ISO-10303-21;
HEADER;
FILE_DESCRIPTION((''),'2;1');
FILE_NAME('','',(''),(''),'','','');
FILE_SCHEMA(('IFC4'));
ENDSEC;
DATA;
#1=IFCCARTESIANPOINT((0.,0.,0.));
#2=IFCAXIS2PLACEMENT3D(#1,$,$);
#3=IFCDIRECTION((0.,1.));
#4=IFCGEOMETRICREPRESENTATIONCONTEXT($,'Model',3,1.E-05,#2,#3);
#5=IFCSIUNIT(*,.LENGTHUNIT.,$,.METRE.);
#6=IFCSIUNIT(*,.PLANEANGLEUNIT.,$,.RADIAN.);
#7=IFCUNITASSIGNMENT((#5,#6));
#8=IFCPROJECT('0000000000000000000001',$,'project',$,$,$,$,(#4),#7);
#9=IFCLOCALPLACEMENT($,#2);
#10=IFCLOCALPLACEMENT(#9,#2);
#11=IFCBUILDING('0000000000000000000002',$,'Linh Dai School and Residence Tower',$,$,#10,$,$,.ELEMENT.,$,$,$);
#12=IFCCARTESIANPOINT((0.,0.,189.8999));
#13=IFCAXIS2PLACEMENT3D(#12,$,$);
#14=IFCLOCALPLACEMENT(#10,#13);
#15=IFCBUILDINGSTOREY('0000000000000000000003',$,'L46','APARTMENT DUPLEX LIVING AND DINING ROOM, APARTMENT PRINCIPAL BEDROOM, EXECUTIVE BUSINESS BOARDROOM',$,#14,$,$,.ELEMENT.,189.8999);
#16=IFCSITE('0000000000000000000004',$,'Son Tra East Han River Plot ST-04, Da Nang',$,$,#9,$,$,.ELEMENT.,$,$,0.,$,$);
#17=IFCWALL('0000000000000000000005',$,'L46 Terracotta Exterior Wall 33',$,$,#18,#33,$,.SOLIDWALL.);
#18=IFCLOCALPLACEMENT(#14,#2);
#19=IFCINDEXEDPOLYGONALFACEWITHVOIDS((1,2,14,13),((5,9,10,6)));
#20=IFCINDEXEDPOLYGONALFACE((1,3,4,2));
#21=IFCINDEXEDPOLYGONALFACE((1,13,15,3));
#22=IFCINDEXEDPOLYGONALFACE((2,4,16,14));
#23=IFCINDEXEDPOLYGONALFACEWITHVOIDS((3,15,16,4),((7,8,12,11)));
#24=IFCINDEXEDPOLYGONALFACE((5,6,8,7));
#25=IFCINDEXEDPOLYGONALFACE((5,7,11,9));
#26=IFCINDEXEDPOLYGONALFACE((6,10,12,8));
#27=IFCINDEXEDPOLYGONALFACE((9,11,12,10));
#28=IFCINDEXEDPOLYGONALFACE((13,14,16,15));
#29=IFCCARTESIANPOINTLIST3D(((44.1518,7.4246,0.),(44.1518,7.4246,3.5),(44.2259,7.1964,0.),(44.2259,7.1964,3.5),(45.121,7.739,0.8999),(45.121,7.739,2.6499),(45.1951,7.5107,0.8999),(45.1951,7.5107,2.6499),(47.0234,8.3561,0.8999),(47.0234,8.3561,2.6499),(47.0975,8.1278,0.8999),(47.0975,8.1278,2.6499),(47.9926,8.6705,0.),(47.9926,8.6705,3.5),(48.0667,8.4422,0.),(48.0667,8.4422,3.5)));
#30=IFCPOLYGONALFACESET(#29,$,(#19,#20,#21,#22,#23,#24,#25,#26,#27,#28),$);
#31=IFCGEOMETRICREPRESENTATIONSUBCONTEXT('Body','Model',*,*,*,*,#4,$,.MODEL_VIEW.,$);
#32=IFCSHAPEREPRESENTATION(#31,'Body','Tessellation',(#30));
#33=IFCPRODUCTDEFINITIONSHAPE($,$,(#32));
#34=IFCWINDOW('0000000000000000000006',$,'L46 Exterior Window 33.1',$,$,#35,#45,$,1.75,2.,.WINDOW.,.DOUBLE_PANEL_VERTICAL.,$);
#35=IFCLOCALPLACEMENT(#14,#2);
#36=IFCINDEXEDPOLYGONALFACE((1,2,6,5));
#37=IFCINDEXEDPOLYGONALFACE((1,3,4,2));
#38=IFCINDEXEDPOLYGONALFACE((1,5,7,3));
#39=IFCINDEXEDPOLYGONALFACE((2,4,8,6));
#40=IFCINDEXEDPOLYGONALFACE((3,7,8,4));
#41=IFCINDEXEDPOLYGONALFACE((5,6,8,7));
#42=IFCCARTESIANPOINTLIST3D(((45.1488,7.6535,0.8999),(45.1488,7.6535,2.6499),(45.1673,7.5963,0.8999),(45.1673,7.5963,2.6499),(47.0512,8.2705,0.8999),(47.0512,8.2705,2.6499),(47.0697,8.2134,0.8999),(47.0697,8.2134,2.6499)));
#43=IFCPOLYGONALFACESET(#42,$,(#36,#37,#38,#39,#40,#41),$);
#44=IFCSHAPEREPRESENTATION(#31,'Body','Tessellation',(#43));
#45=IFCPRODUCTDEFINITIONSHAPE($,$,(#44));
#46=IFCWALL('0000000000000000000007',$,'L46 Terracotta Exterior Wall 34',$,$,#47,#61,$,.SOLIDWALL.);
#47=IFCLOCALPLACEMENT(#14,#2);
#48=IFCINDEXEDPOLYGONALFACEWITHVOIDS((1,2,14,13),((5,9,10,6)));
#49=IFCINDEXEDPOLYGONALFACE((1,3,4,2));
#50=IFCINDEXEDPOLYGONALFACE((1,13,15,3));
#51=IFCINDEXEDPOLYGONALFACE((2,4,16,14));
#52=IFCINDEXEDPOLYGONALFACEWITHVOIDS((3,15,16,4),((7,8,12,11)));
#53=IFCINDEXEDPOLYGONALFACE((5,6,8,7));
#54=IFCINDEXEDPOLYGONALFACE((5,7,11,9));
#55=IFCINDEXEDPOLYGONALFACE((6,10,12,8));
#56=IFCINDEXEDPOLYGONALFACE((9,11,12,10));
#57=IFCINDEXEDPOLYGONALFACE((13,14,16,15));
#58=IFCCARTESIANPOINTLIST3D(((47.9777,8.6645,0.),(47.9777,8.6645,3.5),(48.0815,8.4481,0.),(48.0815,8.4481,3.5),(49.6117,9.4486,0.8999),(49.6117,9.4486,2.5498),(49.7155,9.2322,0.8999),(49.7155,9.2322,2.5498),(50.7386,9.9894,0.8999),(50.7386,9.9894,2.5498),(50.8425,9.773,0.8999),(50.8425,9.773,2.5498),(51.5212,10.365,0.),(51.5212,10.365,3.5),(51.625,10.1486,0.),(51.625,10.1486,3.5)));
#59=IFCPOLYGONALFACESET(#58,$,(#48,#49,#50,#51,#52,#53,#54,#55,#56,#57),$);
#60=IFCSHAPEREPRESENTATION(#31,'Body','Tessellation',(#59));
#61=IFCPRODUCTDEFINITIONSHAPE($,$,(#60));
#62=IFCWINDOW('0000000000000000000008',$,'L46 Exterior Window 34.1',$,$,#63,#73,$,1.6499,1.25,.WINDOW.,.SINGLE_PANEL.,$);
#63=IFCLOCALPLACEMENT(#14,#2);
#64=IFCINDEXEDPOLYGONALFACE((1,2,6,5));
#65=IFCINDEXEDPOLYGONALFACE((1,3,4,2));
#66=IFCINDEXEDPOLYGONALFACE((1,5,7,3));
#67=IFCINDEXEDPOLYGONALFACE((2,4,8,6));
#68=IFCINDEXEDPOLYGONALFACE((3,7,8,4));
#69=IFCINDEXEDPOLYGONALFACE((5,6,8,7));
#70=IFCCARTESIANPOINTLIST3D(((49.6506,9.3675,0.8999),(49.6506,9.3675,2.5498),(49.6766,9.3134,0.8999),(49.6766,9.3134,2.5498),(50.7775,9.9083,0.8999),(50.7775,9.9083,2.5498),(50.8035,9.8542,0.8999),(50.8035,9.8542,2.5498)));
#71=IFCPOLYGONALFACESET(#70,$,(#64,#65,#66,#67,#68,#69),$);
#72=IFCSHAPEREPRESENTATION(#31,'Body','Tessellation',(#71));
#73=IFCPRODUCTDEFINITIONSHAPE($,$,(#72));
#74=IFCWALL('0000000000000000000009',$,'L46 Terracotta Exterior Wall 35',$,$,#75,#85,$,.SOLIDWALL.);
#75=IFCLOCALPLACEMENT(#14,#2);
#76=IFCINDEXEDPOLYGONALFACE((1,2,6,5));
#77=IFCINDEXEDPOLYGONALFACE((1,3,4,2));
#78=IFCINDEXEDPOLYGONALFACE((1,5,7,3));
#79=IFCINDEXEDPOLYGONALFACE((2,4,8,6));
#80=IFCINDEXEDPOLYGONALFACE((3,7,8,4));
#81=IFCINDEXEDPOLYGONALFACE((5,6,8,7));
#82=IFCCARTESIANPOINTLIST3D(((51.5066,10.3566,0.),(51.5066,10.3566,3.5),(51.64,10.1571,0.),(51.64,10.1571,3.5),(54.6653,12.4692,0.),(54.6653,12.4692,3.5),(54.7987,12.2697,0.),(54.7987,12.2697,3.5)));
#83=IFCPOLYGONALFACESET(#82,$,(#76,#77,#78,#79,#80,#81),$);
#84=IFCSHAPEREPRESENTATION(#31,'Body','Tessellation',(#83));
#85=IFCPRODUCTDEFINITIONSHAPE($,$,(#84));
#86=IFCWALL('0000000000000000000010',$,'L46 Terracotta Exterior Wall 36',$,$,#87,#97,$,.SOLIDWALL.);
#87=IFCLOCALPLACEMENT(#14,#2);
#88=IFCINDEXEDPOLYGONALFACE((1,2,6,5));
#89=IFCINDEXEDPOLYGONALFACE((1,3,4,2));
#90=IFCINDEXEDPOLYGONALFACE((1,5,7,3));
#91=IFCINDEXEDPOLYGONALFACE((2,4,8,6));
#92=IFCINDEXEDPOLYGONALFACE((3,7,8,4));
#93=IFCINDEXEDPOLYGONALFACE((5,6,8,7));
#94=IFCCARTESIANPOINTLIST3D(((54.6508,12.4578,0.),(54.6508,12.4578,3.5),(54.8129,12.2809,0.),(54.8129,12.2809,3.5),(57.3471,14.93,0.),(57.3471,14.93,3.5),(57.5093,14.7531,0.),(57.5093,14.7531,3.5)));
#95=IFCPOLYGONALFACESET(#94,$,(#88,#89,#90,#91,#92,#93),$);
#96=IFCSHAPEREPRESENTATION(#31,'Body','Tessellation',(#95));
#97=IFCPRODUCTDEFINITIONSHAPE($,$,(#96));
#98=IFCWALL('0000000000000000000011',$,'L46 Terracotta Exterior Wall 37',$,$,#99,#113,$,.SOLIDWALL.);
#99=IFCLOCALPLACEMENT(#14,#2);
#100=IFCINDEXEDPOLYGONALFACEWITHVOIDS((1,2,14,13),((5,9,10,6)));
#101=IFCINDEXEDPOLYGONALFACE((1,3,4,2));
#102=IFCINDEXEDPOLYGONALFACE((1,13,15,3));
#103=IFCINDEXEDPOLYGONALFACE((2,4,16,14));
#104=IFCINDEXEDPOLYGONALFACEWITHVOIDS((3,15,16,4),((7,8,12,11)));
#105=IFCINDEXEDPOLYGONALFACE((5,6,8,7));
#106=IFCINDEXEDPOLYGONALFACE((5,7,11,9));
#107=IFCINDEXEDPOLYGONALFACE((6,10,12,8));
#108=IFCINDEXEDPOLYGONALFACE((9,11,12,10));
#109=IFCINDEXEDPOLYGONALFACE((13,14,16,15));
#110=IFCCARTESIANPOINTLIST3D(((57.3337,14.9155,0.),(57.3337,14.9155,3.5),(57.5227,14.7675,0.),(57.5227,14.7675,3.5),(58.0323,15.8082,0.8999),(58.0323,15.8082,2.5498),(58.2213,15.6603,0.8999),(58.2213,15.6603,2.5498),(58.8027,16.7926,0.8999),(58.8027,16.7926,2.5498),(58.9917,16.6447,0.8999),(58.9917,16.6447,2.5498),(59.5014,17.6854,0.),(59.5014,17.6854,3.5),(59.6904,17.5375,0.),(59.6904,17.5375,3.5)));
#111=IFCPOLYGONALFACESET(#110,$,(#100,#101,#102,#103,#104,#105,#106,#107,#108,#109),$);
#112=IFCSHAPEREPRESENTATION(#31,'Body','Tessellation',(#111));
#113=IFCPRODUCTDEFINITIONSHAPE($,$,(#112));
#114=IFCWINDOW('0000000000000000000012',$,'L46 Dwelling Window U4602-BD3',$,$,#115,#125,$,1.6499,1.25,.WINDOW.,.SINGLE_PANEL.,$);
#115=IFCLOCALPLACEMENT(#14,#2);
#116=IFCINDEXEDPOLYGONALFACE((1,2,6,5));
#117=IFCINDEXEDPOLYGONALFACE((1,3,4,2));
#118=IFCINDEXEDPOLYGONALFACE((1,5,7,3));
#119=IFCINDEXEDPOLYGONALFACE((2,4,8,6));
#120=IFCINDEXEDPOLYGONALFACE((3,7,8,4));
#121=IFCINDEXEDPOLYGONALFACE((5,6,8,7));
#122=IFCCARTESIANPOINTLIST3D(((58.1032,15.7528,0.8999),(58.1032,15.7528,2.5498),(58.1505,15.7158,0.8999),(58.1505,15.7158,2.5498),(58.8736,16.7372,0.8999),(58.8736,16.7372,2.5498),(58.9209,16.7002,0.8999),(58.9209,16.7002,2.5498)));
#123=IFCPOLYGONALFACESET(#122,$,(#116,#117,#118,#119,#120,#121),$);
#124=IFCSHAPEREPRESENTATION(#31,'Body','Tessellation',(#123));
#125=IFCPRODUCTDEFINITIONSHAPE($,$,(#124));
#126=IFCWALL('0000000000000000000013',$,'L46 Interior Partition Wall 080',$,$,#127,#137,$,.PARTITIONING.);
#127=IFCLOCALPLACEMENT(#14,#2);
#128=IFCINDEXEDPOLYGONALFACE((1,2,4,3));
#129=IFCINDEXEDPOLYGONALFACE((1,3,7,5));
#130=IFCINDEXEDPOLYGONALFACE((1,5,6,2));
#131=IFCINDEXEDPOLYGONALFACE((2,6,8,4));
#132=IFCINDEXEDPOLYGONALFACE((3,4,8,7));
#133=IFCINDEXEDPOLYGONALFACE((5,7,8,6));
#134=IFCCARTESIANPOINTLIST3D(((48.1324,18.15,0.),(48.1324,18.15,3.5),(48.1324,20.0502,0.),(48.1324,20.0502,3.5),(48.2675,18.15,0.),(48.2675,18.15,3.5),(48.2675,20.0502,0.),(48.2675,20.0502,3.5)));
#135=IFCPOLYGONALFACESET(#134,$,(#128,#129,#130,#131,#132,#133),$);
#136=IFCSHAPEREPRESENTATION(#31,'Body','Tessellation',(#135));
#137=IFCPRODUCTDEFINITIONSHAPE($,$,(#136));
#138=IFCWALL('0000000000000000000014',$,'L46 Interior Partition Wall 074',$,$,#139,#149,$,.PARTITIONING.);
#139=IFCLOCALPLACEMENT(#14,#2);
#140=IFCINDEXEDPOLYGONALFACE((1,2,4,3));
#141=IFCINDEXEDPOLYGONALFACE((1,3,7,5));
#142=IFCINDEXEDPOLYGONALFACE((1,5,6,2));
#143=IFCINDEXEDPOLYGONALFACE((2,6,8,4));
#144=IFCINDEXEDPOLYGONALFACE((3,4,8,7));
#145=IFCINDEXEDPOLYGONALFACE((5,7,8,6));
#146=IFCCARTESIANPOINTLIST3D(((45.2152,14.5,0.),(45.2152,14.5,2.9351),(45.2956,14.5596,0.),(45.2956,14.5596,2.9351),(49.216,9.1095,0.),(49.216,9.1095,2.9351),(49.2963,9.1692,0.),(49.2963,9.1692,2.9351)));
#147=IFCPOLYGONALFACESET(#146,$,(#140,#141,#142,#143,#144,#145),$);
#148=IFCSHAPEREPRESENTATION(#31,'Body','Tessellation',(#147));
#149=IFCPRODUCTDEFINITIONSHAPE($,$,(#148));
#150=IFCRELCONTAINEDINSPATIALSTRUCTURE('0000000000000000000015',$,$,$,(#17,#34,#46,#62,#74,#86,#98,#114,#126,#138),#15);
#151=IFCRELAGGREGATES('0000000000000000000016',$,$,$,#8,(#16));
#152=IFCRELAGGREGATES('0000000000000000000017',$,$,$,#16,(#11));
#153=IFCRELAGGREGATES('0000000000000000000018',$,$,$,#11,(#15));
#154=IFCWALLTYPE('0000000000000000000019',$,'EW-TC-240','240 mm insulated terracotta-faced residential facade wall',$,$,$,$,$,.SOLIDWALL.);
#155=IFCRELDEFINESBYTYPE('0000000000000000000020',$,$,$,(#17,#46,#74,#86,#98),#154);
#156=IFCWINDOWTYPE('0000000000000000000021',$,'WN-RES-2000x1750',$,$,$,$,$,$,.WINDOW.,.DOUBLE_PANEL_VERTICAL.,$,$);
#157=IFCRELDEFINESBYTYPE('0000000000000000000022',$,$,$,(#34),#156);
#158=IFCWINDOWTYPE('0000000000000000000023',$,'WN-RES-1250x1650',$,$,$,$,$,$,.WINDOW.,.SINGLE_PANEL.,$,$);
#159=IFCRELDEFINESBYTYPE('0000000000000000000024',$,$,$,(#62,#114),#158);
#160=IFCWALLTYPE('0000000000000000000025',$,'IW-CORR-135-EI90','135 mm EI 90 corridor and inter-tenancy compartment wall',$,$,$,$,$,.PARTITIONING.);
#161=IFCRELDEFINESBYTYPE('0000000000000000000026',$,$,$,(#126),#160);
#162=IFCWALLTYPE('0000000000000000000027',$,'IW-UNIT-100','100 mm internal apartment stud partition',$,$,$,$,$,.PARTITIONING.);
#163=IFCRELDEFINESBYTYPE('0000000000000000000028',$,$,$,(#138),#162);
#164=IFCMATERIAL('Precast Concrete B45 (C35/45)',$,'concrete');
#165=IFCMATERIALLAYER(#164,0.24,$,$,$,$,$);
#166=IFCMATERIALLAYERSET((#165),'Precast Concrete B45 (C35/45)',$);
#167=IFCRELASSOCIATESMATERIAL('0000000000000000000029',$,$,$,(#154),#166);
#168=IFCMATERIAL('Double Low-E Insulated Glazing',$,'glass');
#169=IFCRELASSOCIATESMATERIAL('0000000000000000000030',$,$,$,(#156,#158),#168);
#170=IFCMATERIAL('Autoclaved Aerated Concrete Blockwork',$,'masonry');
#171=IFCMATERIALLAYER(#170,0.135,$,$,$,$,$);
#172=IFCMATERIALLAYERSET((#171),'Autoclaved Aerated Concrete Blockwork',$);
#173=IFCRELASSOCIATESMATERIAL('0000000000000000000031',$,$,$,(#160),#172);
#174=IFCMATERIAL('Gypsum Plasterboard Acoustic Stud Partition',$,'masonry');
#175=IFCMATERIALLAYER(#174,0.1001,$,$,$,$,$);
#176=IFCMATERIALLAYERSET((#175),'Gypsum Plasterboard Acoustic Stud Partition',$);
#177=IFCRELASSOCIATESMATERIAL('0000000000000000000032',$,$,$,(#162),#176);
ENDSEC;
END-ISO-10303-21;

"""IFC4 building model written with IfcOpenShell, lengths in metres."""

from ifc_helpers import new_model, si_unit, direction, frame, frame_2d, origin, origin_2d, place, context, subcontext, project, spatial, rectangle, extrude, source, transform, mapped, material, layer, layer_set, type_object, element, fill, save


model = new_model("IFC4")

# Units and contexts
model_context = context("Model", 3, precision=1e-05, world=origin(), true_north=direction((0.0, 1.0)))
body_context = subcontext(model_context, "Body", "Model", "MODEL_VIEW")
ifc_project = project(units=[si_unit("LENGTHUNIT", "METRE"), si_unit("PLANEANGLEUNIT", "RADIAN")], contexts=[model_context])

# Site, building, storey
site_placement = place(None, origin())
site = spatial("IfcSite", under=ifc_project, at=site_placement, Name="Son Tra East Han River Plot ST-04, Da Nang", CompositionType="ELEMENT", RefElevation=0.0)
building_placement = place(site_placement, origin())
building = spatial("IfcBuilding", under=site, at=building_placement, Name="Linh Dai School and Residence Tower", CompositionType="ELEMENT")
storey_placement = place(building_placement, frame((0.0, 0.0, 189.8999)))
storey = spatial("IfcBuildingStorey", under=building, at=storey_placement, Name="L46", Description="APARTMENT DUPLEX LIVING AND DINING ROOM, APARTMENT PRINCIPAL BEDROOM, EXECUTIVE BUSINESS BOARDROOM", CompositionType="ELEMENT", Elevation=189.8999)

# Shared definitions
ifc_material_1 = material(Name="Precast Concrete B45 (C35/45)", Category="concrete")

# Walls, openings, windows
ifc_layer_1 = layer(ifc_material_1, 0.24)
ifc_layer_set_1 = layer_set([ifc_layer_1], Name="Precast Concrete B45 (C35/45)")
wall_type_1 = type_object("IfcWallType", Name="EW-TC-240", Description="240 mm insulated terracotta-faced residential facade wall", PredefinedType="SOLIDWALL", material=ifc_layer_set_1)
wall_1_placement = place(storey_placement, frame((48.0298, 8.5564, 0.0), z_axis=(0.0, 0.0, 1.0), x_axis=(-0.95121, -0.308545, 0.0)))
wall_1 = element("IfcWall", 1, at=wall_1_placement, inside=storey, type_object=wall_type_1, Name="L46 Terracotta Exterior Wall 33", PredefinedType="SOLIDWALL", context=body_context, shape_type="SweptSolid", body=[
    extrude(rectangle(XDim=4.0378, YDim=0.24, at=frame_2d((2.019, 0.0))), origin(), (0.0, 0.0, 1.0), 3.5),
])
opening_1_placement = place(wall_1_placement, frame((1.019, 0.0, 0.8999)))
opening_1 = element("IfcOpeningElement", 2, at=opening_1_placement, cuts=wall_1, PredefinedType="OPENING", context=body_context, shape_type="SweptSolid", body=[
    extrude(rectangle(XDim=2.0, YDim=1.75, at=origin_2d()), frame((1.0, 0.1299, 0.875), z_axis=(0.0, -1.0, 0.0), x_axis=(1.0, 0.0, 0.0)), (0.0, 0.0, 1.0), 0.26),
])
ifc_material_2 = material(Name="Double Low-E Insulated Glazing", Category="glass")
window_type_1 = type_object("IfcWindowType", Name="WN-RES-2000x1750", PartitioningType="DOUBLE_PANEL_VERTICAL", PredefinedType="WINDOW", material=ifc_material_2)
shared_shape_1 = source(origin(), body_context, "Body", "SweptSolid", [
    extrude(rectangle(XDim=2.0, YDim=1.75, at=origin_2d()), frame((1.0, 0.03, 0.875), z_axis=(0.0, -1.0, 0.0), x_axis=(1.0, 0.0, 0.0)), (0.0, 0.0, 1.0), 0.0601),
])
window_1_placement = place(opening_1_placement, origin())
window_1 = element("IfcWindow", 3, at=window_1_placement, inside=storey, type_object=window_type_1, Name="L46 Exterior Window 33.1", OverallHeight=1.75, OverallWidth=2.0, PartitioningType="DOUBLE_PANEL_VERTICAL", PredefinedType="WINDOW", context=body_context, shape_type="MappedRepresentation", body=[
    mapped(shared_shape_1, transform((0.0, 0.0, 0.0), x_axis=(1.0, 0.0, 0.0), y_axis=(0.0, 1.0, 0.0), z_axis=(0.0, 0.0, 1.0), scale=1.0)),
])
fill(opening_1, window_1)
wall_2_placement = place(storey_placement, frame((51.5732, 10.2568, 0.0), z_axis=(0.0, 0.0, 1.0), x_axis=(-0.901565, -0.432644, 0.0)))
wall_2 = element("IfcWall", 4, at=wall_2_placement, inside=storey, type_object=wall_type_1, Name="L46 Terracotta Exterior Wall 34", PredefinedType="SOLIDWALL", context=body_context, shape_type="SweptSolid", body=[
    extrude(rectangle(XDim=3.9304, YDim=0.24, at=frame_2d((1.9653, 0.0))), origin(), (0.0, 0.0, 1.0), 3.5),
])
opening_2_placement = place(wall_2_placement, frame((0.8682, 0.0, 0.8999)))
opening_2 = element("IfcOpeningElement", 5, at=opening_2_placement, cuts=wall_2, PredefinedType="OPENING", context=body_context, shape_type="SweptSolid", body=[
    extrude(rectangle(XDim=1.25, YDim=1.6499, at=origin_2d()), frame((0.625, 0.1299, 0.825), z_axis=(0.0, -1.0, 0.0), x_axis=(1.0, 0.0, 0.0)), (0.0, 0.0, 1.0), 0.26),
])
window_type_2 = type_object("IfcWindowType", Name="WN-RES-1250x1650", PartitioningType="SINGLE_PANEL", PredefinedType="WINDOW", material=ifc_material_2)
shared_shape_2 = source(origin(), body_context, "Body", "SweptSolid", [
    extrude(rectangle(XDim=1.25, YDim=1.6499, at=origin_2d()), frame((0.625, 0.03, 0.825), z_axis=(0.0, -1.0, 0.0), x_axis=(1.0, 0.0, 0.0)), (0.0, 0.0, 1.0), 0.0601),
])
window_2_placement = place(opening_2_placement, origin())
window_2 = element("IfcWindow", 6, at=window_2_placement, inside=storey, type_object=window_type_2, Name="L46 Exterior Window 34.1", OverallHeight=1.6499, OverallWidth=1.25, PartitioningType="SINGLE_PANEL", PredefinedType="WINDOW", context=body_context, shape_type="MappedRepresentation", body=[
    mapped(shared_shape_2, transform((0.0, 0.0, 0.0), x_axis=(1.0, 0.0, 0.0), y_axis=(0.0, 1.0, 0.0), z_axis=(0.0, 0.0, 1.0), scale=1.0)),
])
fill(opening_2, window_2)

# Walls
wall_3_placement = place(storey_placement, frame((54.7319, 12.3694, 0.0), z_axis=(0.0, 0.0, 1.0), x_axis=(-0.831229, -0.55593, 0.0)))
element("IfcWall", 7, at=wall_3_placement, inside=storey, type_object=wall_type_1, Name="L46 Terracotta Exterior Wall 35", PredefinedType="SOLIDWALL", context=body_context, shape_type="SweptSolid", body=[
    extrude(rectangle(XDim=3.8, YDim=0.24, at=frame_2d((1.8999, 0.0))), origin(), (0.0, 0.0, 1.0), 3.5),
])
wall_4_placement = place(storey_placement, frame((57.4282, 14.8416, 0.0), z_axis=(0.0, 0.0, 1.0), x_axis=(-0.737077, -0.675809, 0.0)))
element("IfcWall", 8, at=wall_4_placement, inside=storey, type_object=wall_type_1, Name="L46 Terracotta Exterior Wall 36", PredefinedType="SOLIDWALL", context=body_context, shape_type="SweptSolid", body=[
    extrude(rectangle(XDim=3.6582, YDim=0.24, at=frame_2d((1.8291, 0.0))), origin(), (0.0, 0.0, 1.0), 3.5),
])

# Wall, opening, window
wall_5_placement = place(storey_placement, frame((59.5959, 17.6116, 0.0), z_axis=(0.0, 0.0, 1.0), x_axis=(-0.616288, -0.787521, 0.0)))
wall_5 = element("IfcWall", 9, at=wall_5_placement, inside=storey, type_object=wall_type_1, Name="L46 Terracotta Exterior Wall 37", PredefinedType="SOLIDWALL", context=body_context, shape_type="SweptSolid", body=[
    extrude(rectangle(XDim=3.5173, YDim=0.24, at=frame_2d((1.7588, 0.0))), origin(), (0.0, 0.0, 1.0), 3.5),
])
opening_3_placement = place(wall_5_placement, frame((1.1338, 0.0, 0.8999)))
opening_3 = element("IfcOpeningElement", 10, at=opening_3_placement, cuts=wall_5, PredefinedType="OPENING", context=body_context, shape_type="SweptSolid", body=[
    extrude(rectangle(XDim=1.25, YDim=1.6499, at=origin_2d()), frame((0.625, 0.1299, 0.825), z_axis=(0.0, -1.0, 0.0), x_axis=(1.0, 0.0, 0.0)), (0.0, 0.0, 1.0), 0.26),
])
window_3_placement = place(opening_3_placement, origin())
window_3 = element("IfcWindow", 11, at=window_3_placement, inside=storey, type_object=window_type_2, Name="L46 Dwelling Window U4602-BD3", OverallHeight=1.6499, OverallWidth=1.25, PartitioningType="SINGLE_PANEL", PredefinedType="WINDOW", context=body_context, shape_type="MappedRepresentation", body=[
    mapped(shared_shape_2, transform((0.0, 0.0, 0.0), x_axis=(1.0, 0.0, 0.0), y_axis=(0.0, 1.0, 0.0), z_axis=(0.0, 0.0, 1.0), scale=1.0)),
])
fill(opening_3, window_3)

# Walls
ifc_material_3 = material(Name="Autoclaved Aerated Concrete Blockwork", Category="masonry")
ifc_layer_2 = layer(ifc_material_3, 0.135)
ifc_layer_set_2 = layer_set([ifc_layer_2], Name="Autoclaved Aerated Concrete Blockwork")
wall_type_2 = type_object("IfcWallType", Name="IW-CORR-135-EI90", Description="135 mm EI 90 corridor and inter-tenancy compartment wall", PredefinedType="PARTITIONING", material=ifc_layer_set_2)
wall_6_placement = place(storey_placement, frame((48.2, 18.1499, 0.0), z_axis=(0.0, 0.0, 1.0), x_axis=(0.0, 1.0, 0.0)))
element("IfcWall", 12, at=wall_6_placement, inside=storey, type_object=wall_type_2, Name="L46 Interior Partition Wall 080", PredefinedType="PARTITIONING", context=body_context, shape_type="SweptSolid", body=[
    extrude(rectangle(XDim=1.9001, YDim=0.135, at=frame_2d((0.9502, 0.0))), origin(), (0.0, 0.0, 1.0), 3.5),
])
ifc_material_4 = material(Name="Gypsum Plasterboard Acoustic Stud Partition", Category="masonry")
ifc_layer_3 = layer(ifc_material_4, 0.1001)
ifc_layer_set_3 = layer_set([ifc_layer_3], Name="Gypsum Plasterboard Acoustic Stud Partition")
wall_type_3 = type_object("IfcWallType", Name="IW-UNIT-100", Description="100 mm internal apartment stud partition", PredefinedType="PARTITIONING", material=ifc_layer_set_3)
wall_7_placement = place(storey_placement, frame((45.2554, 14.5298, 0.0), z_axis=(0.0, 0.0, 1.0), x_axis=(0.595983, -0.802997, 0.0)))
element("IfcWall", 13, at=wall_7_placement, inside=storey, type_object=wall_type_3, Name="L46 Interior Partition Wall 074", PredefinedType="PARTITIONING", context=body_context, shape_type="SweptSolid", body=[
    extrude(rectangle(XDim=6.7129, YDim=0.1001, at=frame_2d((3.3564, 0.0))), origin(), (0.0, 0.0, 1.0), 2.9351),
])

save(model, "model.ifc")
